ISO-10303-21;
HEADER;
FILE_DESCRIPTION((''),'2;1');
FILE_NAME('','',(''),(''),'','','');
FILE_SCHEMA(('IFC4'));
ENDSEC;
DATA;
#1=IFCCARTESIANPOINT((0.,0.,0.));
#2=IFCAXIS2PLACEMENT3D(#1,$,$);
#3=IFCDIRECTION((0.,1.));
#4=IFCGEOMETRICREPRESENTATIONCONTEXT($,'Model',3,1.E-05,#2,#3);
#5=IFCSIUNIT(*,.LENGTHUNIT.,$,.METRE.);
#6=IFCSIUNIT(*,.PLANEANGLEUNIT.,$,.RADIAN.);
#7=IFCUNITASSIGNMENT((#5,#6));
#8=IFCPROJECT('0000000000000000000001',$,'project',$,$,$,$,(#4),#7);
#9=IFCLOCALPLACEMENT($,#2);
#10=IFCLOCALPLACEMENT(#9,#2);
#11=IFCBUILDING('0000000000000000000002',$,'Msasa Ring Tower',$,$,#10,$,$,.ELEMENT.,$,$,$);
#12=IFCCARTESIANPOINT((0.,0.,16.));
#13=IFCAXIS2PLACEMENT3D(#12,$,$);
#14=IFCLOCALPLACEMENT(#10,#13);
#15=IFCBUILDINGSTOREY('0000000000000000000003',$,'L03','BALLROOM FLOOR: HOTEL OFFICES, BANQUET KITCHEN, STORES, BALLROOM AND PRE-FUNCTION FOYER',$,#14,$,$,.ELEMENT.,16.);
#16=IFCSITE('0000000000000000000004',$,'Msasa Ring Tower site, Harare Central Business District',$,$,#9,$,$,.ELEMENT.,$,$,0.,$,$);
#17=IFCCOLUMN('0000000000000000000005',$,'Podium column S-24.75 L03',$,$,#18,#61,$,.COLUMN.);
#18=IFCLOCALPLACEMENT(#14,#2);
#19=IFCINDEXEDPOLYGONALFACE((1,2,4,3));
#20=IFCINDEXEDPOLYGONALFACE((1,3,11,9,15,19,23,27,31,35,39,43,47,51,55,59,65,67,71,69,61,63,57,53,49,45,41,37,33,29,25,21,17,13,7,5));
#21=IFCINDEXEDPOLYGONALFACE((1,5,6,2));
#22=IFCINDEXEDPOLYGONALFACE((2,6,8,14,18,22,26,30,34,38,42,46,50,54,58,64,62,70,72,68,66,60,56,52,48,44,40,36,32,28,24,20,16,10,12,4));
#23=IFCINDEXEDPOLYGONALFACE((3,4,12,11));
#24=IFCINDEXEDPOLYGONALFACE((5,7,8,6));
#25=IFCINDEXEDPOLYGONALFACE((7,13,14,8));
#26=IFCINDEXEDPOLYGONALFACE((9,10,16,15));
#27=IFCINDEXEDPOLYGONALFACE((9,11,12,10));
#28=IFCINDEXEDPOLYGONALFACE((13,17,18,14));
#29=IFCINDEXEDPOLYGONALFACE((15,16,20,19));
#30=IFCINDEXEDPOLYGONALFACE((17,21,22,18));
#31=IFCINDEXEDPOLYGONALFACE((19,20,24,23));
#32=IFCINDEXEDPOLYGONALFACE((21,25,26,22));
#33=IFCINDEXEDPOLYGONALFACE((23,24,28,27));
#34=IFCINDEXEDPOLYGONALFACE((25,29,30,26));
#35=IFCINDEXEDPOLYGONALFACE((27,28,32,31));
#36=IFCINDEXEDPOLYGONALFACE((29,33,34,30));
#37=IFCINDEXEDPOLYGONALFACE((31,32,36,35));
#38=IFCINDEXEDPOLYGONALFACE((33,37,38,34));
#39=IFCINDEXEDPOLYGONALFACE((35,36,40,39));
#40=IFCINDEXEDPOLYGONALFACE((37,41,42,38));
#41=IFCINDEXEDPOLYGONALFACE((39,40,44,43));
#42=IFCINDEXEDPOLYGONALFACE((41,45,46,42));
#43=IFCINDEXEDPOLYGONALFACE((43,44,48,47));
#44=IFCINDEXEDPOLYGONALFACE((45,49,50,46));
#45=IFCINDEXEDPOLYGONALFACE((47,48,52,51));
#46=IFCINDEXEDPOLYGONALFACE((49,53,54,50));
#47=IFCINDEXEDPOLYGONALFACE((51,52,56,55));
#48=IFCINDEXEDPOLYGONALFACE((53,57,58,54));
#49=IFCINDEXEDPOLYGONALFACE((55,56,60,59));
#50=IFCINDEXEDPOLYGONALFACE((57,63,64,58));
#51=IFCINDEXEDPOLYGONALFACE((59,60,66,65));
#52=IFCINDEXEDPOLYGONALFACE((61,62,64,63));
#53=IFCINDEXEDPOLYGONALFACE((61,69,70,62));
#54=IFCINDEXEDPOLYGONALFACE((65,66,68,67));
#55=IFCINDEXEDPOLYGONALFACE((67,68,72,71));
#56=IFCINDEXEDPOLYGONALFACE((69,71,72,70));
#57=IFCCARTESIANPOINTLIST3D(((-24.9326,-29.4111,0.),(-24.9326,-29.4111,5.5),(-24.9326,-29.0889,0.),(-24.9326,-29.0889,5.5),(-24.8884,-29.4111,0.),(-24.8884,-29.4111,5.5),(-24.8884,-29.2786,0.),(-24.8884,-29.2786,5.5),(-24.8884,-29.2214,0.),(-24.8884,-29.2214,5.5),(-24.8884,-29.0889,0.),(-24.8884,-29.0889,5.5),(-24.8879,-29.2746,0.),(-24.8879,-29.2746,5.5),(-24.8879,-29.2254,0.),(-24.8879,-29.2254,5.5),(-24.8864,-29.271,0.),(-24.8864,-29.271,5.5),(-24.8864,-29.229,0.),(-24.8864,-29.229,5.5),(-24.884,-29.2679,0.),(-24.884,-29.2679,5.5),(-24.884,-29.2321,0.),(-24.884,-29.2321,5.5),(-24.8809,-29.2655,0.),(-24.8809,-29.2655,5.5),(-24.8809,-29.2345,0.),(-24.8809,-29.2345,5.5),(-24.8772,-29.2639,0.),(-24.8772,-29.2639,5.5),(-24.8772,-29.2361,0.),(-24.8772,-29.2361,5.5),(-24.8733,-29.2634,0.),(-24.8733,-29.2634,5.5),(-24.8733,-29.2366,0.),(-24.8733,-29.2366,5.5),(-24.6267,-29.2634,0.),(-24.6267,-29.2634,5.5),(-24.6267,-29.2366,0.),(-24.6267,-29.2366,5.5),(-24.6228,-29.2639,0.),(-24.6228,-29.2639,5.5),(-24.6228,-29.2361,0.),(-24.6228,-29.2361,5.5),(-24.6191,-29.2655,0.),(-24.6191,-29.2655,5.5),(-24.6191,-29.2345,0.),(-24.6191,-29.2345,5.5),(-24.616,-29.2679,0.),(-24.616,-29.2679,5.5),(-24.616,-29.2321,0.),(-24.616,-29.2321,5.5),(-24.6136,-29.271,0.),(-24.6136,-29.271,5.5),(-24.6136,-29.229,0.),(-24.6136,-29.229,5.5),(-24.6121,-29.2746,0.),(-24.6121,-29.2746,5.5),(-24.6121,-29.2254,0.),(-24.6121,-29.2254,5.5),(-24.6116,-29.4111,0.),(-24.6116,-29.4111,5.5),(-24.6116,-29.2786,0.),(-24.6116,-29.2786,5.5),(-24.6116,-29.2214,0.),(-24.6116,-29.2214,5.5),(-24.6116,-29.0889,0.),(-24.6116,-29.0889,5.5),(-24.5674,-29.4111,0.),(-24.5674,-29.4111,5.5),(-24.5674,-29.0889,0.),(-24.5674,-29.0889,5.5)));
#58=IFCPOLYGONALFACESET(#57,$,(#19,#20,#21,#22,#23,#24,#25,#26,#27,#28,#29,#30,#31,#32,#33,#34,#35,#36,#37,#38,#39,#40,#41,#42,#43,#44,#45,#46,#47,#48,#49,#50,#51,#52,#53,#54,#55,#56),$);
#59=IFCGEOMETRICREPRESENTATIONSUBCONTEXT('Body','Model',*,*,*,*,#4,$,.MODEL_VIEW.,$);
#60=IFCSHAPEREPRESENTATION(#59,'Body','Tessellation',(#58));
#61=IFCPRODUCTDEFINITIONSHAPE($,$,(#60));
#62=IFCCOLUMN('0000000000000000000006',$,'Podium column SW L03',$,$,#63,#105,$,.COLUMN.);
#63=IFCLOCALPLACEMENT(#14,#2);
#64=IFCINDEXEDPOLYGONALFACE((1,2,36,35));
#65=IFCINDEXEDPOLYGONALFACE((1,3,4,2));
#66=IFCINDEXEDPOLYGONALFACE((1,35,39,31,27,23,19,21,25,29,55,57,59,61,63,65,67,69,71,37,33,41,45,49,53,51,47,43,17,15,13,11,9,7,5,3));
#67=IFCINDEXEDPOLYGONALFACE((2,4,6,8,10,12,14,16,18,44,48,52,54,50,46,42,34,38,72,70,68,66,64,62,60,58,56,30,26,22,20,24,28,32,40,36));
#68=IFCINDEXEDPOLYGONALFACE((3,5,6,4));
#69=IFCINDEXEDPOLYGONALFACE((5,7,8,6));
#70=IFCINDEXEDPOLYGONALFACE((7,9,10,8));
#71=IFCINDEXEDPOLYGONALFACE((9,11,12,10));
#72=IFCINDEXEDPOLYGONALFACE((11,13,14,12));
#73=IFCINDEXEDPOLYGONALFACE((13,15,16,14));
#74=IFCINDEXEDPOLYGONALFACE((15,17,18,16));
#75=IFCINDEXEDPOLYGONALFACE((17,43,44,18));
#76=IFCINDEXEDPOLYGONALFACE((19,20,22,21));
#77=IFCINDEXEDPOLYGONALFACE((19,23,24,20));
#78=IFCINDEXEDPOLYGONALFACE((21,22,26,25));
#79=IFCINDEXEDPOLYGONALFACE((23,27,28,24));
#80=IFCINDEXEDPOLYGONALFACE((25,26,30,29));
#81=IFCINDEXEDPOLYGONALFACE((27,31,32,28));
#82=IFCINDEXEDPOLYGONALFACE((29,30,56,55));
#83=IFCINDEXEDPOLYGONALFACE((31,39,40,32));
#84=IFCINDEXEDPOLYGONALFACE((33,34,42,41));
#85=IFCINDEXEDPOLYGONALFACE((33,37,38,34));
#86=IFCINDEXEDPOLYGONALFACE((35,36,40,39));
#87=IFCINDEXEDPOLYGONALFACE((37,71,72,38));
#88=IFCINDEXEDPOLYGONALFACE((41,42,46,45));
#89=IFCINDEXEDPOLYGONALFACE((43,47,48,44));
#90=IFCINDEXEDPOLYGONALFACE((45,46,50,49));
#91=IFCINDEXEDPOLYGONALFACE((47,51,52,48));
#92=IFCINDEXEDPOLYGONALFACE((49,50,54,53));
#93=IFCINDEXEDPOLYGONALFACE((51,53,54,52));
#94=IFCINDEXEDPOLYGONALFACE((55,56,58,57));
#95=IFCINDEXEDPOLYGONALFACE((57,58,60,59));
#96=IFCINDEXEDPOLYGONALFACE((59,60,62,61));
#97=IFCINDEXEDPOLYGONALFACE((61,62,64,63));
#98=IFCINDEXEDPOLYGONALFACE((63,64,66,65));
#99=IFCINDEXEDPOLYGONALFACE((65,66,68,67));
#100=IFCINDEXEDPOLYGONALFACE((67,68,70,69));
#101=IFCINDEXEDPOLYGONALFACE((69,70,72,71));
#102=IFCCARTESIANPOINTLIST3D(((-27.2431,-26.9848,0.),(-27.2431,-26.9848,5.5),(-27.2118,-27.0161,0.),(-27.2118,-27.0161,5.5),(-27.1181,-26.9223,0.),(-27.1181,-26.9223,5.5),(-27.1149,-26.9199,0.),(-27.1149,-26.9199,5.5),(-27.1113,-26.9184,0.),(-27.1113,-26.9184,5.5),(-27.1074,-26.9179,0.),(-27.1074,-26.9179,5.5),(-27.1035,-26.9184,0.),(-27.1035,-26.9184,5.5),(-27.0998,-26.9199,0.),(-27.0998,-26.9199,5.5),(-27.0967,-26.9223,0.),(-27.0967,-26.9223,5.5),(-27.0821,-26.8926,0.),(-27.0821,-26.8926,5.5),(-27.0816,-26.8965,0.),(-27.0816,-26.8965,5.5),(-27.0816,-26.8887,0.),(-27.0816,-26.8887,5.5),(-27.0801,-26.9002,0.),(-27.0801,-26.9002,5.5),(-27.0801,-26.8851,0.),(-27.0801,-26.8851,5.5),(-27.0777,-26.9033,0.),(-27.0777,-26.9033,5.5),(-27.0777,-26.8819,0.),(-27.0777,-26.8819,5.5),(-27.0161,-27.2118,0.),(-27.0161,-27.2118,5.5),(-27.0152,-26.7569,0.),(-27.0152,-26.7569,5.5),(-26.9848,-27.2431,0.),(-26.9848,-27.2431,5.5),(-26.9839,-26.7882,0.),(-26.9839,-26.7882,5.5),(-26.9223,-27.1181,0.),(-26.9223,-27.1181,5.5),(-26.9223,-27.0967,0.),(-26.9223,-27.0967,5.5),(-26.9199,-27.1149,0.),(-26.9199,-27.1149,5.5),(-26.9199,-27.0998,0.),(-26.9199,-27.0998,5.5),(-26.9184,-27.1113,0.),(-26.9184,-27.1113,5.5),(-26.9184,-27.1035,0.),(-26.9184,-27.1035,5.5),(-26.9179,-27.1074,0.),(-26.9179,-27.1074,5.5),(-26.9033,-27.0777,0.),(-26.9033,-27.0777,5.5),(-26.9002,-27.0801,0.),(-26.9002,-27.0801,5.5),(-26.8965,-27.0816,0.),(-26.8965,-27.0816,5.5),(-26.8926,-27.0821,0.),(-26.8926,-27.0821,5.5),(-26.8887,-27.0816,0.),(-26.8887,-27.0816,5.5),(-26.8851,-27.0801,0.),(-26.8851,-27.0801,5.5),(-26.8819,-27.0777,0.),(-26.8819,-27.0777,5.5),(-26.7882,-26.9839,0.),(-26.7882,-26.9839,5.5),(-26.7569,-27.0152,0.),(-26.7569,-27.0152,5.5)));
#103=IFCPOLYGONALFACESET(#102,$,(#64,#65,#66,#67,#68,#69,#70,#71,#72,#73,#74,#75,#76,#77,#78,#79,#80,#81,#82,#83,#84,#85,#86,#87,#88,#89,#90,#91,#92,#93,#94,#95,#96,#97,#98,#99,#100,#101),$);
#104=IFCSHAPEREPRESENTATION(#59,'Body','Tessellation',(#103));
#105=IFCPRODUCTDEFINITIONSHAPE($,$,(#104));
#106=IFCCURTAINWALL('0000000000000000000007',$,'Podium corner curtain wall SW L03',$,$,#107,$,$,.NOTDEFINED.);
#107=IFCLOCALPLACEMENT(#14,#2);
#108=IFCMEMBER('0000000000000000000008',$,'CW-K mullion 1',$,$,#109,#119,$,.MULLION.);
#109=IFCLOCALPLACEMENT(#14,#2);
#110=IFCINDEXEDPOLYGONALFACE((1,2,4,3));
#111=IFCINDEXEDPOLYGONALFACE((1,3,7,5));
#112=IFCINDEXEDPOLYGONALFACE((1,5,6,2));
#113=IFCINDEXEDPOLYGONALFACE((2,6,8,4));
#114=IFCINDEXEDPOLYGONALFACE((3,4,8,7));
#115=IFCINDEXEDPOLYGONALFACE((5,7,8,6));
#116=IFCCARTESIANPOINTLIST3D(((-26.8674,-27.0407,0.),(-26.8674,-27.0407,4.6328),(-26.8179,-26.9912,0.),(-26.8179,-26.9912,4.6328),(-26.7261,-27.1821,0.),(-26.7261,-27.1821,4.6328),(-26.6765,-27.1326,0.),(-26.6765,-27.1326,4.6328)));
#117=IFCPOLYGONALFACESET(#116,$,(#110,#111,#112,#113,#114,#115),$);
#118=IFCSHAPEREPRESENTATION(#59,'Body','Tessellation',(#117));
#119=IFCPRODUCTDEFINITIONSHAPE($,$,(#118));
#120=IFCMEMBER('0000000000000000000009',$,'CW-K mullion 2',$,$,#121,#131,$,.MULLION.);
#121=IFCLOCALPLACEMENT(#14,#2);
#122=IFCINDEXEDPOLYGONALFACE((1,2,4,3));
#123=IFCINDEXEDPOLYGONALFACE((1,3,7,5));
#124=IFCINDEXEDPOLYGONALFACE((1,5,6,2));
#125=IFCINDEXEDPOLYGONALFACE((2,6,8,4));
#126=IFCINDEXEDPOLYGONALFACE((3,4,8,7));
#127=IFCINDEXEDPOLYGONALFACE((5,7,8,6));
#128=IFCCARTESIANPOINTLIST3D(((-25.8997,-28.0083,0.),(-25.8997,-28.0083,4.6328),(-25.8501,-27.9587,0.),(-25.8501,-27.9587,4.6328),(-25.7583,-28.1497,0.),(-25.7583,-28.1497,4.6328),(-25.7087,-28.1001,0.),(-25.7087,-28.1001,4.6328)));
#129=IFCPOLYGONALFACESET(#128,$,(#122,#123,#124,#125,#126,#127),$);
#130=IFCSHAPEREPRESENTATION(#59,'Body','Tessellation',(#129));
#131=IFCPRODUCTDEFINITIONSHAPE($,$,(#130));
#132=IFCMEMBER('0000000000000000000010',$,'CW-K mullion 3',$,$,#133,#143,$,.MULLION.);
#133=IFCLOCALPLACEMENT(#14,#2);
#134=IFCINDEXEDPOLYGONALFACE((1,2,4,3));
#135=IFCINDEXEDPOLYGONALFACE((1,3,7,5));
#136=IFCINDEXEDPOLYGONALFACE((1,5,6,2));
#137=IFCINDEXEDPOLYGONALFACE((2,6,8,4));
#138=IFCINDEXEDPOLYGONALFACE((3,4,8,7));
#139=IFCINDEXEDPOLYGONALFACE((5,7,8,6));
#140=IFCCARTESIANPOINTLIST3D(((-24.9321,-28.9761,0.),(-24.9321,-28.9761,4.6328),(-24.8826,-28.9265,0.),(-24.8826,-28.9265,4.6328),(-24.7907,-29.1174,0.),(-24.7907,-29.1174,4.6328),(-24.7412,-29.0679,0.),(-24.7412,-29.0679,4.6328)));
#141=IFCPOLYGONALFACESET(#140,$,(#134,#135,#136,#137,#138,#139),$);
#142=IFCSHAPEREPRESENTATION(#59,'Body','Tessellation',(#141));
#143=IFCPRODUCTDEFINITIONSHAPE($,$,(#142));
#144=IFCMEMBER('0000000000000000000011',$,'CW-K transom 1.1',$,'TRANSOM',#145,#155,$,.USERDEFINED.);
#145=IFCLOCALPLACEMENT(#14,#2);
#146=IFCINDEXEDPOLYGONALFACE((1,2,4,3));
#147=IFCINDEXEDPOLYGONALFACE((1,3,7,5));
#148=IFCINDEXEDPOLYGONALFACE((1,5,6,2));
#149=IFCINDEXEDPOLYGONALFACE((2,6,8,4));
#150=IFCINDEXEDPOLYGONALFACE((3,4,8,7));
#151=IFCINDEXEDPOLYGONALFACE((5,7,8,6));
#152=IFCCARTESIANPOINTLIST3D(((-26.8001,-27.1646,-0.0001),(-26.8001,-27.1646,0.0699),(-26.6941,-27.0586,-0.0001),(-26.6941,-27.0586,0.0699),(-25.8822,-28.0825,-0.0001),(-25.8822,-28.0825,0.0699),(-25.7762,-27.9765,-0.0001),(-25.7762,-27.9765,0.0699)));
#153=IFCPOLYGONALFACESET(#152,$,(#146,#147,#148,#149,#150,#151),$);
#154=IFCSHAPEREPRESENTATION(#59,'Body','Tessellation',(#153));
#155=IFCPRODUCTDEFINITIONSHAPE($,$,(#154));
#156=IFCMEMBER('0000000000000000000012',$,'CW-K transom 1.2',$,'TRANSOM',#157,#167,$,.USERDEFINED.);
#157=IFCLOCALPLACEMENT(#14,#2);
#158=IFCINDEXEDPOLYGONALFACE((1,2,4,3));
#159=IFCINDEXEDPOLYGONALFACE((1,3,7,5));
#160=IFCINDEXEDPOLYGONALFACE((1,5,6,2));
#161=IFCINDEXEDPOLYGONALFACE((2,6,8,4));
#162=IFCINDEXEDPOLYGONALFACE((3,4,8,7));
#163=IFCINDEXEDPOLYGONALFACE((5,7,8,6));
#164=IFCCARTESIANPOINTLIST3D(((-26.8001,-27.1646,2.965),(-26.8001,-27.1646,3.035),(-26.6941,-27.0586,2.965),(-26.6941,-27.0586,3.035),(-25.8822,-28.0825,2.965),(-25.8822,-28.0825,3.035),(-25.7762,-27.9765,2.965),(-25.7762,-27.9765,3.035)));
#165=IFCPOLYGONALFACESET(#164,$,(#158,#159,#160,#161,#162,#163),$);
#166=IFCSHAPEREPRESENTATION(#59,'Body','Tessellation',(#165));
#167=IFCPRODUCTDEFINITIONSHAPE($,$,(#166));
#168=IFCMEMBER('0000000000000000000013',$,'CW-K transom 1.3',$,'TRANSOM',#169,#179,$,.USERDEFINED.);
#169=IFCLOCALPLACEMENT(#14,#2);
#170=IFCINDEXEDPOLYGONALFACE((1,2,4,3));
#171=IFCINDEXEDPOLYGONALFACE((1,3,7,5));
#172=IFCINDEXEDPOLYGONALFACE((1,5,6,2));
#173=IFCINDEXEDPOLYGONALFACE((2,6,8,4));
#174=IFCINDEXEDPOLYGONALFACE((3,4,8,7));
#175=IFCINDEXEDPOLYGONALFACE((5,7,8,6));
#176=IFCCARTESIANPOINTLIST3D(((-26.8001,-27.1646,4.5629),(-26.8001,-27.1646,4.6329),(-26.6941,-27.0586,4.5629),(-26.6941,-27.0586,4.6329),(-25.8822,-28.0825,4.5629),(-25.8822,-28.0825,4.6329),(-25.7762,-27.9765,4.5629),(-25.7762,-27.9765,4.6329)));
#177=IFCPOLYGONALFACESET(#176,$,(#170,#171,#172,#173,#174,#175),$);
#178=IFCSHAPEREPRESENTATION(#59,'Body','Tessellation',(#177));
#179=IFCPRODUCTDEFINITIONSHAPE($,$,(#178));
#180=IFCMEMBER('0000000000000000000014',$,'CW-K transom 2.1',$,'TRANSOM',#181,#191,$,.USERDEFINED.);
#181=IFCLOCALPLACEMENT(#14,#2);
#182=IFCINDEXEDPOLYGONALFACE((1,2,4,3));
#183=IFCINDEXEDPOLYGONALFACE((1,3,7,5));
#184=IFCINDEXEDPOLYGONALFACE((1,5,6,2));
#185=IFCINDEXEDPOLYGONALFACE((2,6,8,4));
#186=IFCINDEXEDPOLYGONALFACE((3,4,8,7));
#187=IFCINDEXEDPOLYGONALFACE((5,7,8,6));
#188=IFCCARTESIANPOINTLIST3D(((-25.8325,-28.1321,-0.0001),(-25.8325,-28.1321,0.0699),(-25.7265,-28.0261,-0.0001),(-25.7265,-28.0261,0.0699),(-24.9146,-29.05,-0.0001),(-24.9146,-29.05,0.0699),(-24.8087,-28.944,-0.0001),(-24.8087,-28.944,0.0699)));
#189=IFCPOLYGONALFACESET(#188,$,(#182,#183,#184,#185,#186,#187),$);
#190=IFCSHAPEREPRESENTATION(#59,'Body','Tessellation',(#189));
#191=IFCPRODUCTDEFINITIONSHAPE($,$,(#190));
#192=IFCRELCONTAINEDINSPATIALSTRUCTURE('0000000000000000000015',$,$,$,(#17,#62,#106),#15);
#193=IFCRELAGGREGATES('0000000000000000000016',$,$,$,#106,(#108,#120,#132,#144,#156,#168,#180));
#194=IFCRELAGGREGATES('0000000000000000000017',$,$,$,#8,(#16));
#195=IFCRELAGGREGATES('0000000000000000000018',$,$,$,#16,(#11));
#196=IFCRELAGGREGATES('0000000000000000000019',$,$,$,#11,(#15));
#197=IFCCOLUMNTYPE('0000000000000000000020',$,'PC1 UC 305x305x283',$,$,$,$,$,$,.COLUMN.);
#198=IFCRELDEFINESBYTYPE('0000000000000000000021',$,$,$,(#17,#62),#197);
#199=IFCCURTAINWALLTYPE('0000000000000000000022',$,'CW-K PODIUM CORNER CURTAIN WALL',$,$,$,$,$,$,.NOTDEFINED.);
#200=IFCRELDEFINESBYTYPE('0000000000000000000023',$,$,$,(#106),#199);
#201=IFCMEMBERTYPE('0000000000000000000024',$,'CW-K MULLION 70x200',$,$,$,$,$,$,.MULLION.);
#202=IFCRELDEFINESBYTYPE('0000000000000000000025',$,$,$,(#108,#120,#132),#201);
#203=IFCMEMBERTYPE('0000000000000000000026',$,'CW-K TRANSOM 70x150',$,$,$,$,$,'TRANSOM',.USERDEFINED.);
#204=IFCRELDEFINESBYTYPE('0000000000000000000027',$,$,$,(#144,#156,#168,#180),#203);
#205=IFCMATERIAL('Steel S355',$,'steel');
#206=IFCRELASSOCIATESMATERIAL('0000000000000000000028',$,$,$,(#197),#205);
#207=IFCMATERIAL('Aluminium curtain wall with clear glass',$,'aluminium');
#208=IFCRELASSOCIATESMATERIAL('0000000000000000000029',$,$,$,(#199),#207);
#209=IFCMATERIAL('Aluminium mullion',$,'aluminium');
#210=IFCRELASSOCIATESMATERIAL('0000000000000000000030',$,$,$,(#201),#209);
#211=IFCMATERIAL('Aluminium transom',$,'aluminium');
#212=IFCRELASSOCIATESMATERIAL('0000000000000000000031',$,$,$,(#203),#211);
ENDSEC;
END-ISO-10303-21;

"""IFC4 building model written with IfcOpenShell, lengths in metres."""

from ifc_helpers import new_model, si_unit, direction, frame, origin, origin_2d, place, context, subcontext, project, spatial, rectangle, i_section, extrude, material, material_profile, profile_set, type_object, element, aggregate, save


model = new_model("IFC4")

# Units and contexts
model_context = context("Model", 3, precision=1e-05, world=origin(), true_north=direction((0.0, 1.0)))
body_context = subcontext(model_context, "Body", "Model", "MODEL_VIEW")
ifc_project = project(units=[si_unit("LENGTHUNIT", "METRE"), si_unit("PLANEANGLEUNIT", "RADIAN")], contexts=[model_context])

# Site, building, storey
site_placement = place(None, origin())
site = spatial("IfcSite", under=ifc_project, at=site_placement, Name="Msasa Ring Tower site, Harare Central Business District", CompositionType="ELEMENT", RefElevation=0.0)
building_placement = place(site_placement, origin())
building = spatial("IfcBuilding", under=site, at=building_placement, Name="Msasa Ring Tower", CompositionType="ELEMENT")
storey_placement = place(building_placement, frame((0.0, 0.0, 16.0)))
storey = spatial("IfcBuildingStorey", under=building, at=storey_placement, Name="L03", Description="BALLROOM FLOOR: HOTEL OFFICES, BANQUET KITCHEN, STORES, BALLROOM AND PRE-FUNCTION FOYER", CompositionType="ELEMENT", Elevation=16.0)

# Columns
ifc_material_1 = material(Name="Steel S355", Category="steel")
ifc_material_profile_1 = material_profile(ifc_material_1, i_section(OverallWidth=0.3223, OverallDepth=0.3652, WebThickness=0.0269, FlangeThickness=0.0442, FilletRadius=0.0151, at=origin_2d()), Name="UC 305x305x283")
ifc_profile_set_1 = profile_set([ifc_material_profile_1], Name="Steel S355")
column_type = type_object("IfcColumnType", Name="PC1 UC 305x305x283", PredefinedType="COLUMN", material=ifc_profile_set_1)
for number, where, z_axis, x_axis, name in (
    (1, (-24.75, -29.25, 0.0), (0.0, 0.0, 1.0), (0.0, 1.0, 0.0), "Podium column S-24.75 L03"),
    (2, (-27.0, -27.0, 0.0), (0.0, 0.0, 1.0), (0.707107, 0.707107, 0.0), "Podium column SW L03"),
):
    element("IfcColumn", number, at=place(storey_placement, frame(where, z_axis=z_axis, x_axis=x_axis)), inside=storey, type_object=column_type, Name=name, PredefinedType="COLUMN", context=body_context, shape_type="SweptSolid", body=[
        extrude(i_section(OverallWidth=0.3223, OverallDepth=0.3652, WebThickness=0.0269, FlangeThickness=0.0442, FilletRadius=0.0151, at=origin_2d()), origin(), (0.0, 0.0, 1.0), 5.5),
    ])

# Curtain wall, members
ifc_material_2 = material(Name="Aluminium curtain wall with clear glass", Category="aluminium")
curtain_wall_type = type_object("IfcCurtainWallType", Name="CW-K PODIUM CORNER CURTAIN WALL", PredefinedType="NOTDEFINED", material=ifc_material_2)
curtain_wall_placement = place(storey_placement, origin())
curtain_wall = element("IfcCurtainWall", 3, at=curtain_wall_placement, inside=storey, type_object=curtain_wall_type, Name="Podium corner curtain wall SW L03", PredefinedType="NOTDEFINED")
ifc_material_3 = material(Name="Aluminium mullion", Category="aluminium")
ifc_material_profile_2 = material_profile(ifc_material_3, rectangle(XDim=0.0701, YDim=0.2, at=origin_2d()), Name="AL 70x200")
ifc_profile_set_2 = profile_set([ifc_material_profile_2], Name="Aluminium mullion")
member_type_1 = type_object("IfcMemberType", Name="CW-K MULLION 70x200", PredefinedType="MULLION", material=ifc_profile_set_2)
member_1_placement = place(storey_placement, frame((-26.772, -27.0867, 0.0), z_axis=(0.0, 0.0, 1.0), x_axis=(0.707107, 0.707107, 0.0)))
member_1 = element("IfcMember", 4, at=member_1_placement, type_object=member_type_1, Name="CW-K mullion 1", PredefinedType="MULLION", context=body_context, shape_type="SweptSolid", body=[
    extrude(rectangle(XDim=0.0701, YDim=0.2, at=origin_2d()), origin(), (0.0, 0.0, 1.0), 4.6328),
])
member_2_placement = place(storey_placement, frame((-25.8042, -28.0542, 0.0), z_axis=(0.0, 0.0, 1.0), x_axis=(0.707107, 0.707107, 0.0)))
member_2 = element("IfcMember", 5, at=member_2_placement, type_object=member_type_1, Name="CW-K mullion 2", PredefinedType="MULLION", context=body_context, shape_type="SweptSolid", body=[
    extrude(rectangle(XDim=0.0701, YDim=0.2, at=origin_2d()), origin(), (0.0, 0.0, 1.0), 4.6328),
])
member_3_placement = place(storey_placement, frame((-24.8367, -29.022, 0.0), z_axis=(0.0, 0.0, 1.0), x_axis=(0.707107, 0.707107, 0.0)))
member_3 = element("IfcMember", 6, at=member_3_placement, type_object=member_type_1, Name="CW-K mullion 3", PredefinedType="MULLION", context=body_context, shape_type="SweptSolid", body=[
    extrude(rectangle(XDim=0.0701, YDim=0.2, at=origin_2d()), origin(), (0.0, 0.0, 1.0), 4.6328),
])
ifc_material_4 = material(Name="Aluminium transom", Category="aluminium")
ifc_material_profile_3 = material_profile(ifc_material_4, rectangle(XDim=0.1499, YDim=0.0701, at=origin_2d()), Name="AL 70x150")
ifc_profile_set_3 = profile_set([ifc_material_profile_3], Name="Aluminium transom")
member_type_2 = type_object("IfcMemberType", Name="CW-K TRANSOM 70x150", ElementType="TRANSOM", PredefinedType="USERDEFINED", material=ifc_profile_set_3)
member_4_placement = place(storey_placement, frame((-26.7471, -27.1116, 0.0349), z_axis=(0.707107, -0.707107, 0.0), x_axis=(0.707107, 0.707107, 0.0)))
member_4 = element("IfcMember", 7, at=member_4_placement, type_object=member_type_2, Name="CW-K transom 1.1", ObjectType="TRANSOM", PredefinedType="USERDEFINED", context=body_context, shape_type="SweptSolid", body=[
    extrude(rectangle(XDim=0.1499, YDim=0.0701, at=origin_2d()), origin(), (0.0, 0.0, 1.0), 1.2981),
])
member_5_placement = place(storey_placement, frame((-26.7471, -27.1116, 3.0), z_axis=(0.707107, -0.707107, 0.0), x_axis=(0.707107, 0.707107, 0.0)))
member_5 = element("IfcMember", 8, at=member_5_placement, type_object=member_type_2, Name="CW-K transom 1.2", ObjectType="TRANSOM", PredefinedType="USERDEFINED", context=body_context, shape_type="SweptSolid", body=[
    extrude(rectangle(XDim=0.1499, YDim=0.0701, at=origin_2d()), origin(), (0.0, 0.0, 1.0), 1.2981),
])
member_6_placement = place(storey_placement, frame((-26.7471, -27.1116, 4.5979), z_axis=(0.707107, -0.707107, 0.0), x_axis=(0.707107, 0.707107, 0.0)))
member_6 = element("IfcMember", 9, at=member_6_placement, type_object=member_type_2, Name="CW-K transom 1.3", ObjectType="TRANSOM", PredefinedType="USERDEFINED", context=body_context, shape_type="SweptSolid", body=[
    extrude(rectangle(XDim=0.1499, YDim=0.0701, at=origin_2d()), origin(), (0.0, 0.0, 1.0), 1.2981),
])
member_7_placement = place(storey_placement, frame((-25.7795, -28.0791, 0.0349), z_axis=(0.707107, -0.707107, 0.0), x_axis=(0.707107, 0.707107, 0.0)))
member_7 = element("IfcMember", 10, at=member_7_placement, type_object=member_type_2, Name="CW-K transom 2.1", ObjectType="TRANSOM", PredefinedType="USERDEFINED", context=body_context, shape_type="SweptSolid", body=[
    extrude(rectangle(XDim=0.1499, YDim=0.0701, at=origin_2d()), origin(), (0.0, 0.0, 1.0), 1.2981),
])

aggregate(curtain_wall, [member_1, member_2, member_3, member_4, member_5, member_6, member_7])

save(model, "model.ifc")
